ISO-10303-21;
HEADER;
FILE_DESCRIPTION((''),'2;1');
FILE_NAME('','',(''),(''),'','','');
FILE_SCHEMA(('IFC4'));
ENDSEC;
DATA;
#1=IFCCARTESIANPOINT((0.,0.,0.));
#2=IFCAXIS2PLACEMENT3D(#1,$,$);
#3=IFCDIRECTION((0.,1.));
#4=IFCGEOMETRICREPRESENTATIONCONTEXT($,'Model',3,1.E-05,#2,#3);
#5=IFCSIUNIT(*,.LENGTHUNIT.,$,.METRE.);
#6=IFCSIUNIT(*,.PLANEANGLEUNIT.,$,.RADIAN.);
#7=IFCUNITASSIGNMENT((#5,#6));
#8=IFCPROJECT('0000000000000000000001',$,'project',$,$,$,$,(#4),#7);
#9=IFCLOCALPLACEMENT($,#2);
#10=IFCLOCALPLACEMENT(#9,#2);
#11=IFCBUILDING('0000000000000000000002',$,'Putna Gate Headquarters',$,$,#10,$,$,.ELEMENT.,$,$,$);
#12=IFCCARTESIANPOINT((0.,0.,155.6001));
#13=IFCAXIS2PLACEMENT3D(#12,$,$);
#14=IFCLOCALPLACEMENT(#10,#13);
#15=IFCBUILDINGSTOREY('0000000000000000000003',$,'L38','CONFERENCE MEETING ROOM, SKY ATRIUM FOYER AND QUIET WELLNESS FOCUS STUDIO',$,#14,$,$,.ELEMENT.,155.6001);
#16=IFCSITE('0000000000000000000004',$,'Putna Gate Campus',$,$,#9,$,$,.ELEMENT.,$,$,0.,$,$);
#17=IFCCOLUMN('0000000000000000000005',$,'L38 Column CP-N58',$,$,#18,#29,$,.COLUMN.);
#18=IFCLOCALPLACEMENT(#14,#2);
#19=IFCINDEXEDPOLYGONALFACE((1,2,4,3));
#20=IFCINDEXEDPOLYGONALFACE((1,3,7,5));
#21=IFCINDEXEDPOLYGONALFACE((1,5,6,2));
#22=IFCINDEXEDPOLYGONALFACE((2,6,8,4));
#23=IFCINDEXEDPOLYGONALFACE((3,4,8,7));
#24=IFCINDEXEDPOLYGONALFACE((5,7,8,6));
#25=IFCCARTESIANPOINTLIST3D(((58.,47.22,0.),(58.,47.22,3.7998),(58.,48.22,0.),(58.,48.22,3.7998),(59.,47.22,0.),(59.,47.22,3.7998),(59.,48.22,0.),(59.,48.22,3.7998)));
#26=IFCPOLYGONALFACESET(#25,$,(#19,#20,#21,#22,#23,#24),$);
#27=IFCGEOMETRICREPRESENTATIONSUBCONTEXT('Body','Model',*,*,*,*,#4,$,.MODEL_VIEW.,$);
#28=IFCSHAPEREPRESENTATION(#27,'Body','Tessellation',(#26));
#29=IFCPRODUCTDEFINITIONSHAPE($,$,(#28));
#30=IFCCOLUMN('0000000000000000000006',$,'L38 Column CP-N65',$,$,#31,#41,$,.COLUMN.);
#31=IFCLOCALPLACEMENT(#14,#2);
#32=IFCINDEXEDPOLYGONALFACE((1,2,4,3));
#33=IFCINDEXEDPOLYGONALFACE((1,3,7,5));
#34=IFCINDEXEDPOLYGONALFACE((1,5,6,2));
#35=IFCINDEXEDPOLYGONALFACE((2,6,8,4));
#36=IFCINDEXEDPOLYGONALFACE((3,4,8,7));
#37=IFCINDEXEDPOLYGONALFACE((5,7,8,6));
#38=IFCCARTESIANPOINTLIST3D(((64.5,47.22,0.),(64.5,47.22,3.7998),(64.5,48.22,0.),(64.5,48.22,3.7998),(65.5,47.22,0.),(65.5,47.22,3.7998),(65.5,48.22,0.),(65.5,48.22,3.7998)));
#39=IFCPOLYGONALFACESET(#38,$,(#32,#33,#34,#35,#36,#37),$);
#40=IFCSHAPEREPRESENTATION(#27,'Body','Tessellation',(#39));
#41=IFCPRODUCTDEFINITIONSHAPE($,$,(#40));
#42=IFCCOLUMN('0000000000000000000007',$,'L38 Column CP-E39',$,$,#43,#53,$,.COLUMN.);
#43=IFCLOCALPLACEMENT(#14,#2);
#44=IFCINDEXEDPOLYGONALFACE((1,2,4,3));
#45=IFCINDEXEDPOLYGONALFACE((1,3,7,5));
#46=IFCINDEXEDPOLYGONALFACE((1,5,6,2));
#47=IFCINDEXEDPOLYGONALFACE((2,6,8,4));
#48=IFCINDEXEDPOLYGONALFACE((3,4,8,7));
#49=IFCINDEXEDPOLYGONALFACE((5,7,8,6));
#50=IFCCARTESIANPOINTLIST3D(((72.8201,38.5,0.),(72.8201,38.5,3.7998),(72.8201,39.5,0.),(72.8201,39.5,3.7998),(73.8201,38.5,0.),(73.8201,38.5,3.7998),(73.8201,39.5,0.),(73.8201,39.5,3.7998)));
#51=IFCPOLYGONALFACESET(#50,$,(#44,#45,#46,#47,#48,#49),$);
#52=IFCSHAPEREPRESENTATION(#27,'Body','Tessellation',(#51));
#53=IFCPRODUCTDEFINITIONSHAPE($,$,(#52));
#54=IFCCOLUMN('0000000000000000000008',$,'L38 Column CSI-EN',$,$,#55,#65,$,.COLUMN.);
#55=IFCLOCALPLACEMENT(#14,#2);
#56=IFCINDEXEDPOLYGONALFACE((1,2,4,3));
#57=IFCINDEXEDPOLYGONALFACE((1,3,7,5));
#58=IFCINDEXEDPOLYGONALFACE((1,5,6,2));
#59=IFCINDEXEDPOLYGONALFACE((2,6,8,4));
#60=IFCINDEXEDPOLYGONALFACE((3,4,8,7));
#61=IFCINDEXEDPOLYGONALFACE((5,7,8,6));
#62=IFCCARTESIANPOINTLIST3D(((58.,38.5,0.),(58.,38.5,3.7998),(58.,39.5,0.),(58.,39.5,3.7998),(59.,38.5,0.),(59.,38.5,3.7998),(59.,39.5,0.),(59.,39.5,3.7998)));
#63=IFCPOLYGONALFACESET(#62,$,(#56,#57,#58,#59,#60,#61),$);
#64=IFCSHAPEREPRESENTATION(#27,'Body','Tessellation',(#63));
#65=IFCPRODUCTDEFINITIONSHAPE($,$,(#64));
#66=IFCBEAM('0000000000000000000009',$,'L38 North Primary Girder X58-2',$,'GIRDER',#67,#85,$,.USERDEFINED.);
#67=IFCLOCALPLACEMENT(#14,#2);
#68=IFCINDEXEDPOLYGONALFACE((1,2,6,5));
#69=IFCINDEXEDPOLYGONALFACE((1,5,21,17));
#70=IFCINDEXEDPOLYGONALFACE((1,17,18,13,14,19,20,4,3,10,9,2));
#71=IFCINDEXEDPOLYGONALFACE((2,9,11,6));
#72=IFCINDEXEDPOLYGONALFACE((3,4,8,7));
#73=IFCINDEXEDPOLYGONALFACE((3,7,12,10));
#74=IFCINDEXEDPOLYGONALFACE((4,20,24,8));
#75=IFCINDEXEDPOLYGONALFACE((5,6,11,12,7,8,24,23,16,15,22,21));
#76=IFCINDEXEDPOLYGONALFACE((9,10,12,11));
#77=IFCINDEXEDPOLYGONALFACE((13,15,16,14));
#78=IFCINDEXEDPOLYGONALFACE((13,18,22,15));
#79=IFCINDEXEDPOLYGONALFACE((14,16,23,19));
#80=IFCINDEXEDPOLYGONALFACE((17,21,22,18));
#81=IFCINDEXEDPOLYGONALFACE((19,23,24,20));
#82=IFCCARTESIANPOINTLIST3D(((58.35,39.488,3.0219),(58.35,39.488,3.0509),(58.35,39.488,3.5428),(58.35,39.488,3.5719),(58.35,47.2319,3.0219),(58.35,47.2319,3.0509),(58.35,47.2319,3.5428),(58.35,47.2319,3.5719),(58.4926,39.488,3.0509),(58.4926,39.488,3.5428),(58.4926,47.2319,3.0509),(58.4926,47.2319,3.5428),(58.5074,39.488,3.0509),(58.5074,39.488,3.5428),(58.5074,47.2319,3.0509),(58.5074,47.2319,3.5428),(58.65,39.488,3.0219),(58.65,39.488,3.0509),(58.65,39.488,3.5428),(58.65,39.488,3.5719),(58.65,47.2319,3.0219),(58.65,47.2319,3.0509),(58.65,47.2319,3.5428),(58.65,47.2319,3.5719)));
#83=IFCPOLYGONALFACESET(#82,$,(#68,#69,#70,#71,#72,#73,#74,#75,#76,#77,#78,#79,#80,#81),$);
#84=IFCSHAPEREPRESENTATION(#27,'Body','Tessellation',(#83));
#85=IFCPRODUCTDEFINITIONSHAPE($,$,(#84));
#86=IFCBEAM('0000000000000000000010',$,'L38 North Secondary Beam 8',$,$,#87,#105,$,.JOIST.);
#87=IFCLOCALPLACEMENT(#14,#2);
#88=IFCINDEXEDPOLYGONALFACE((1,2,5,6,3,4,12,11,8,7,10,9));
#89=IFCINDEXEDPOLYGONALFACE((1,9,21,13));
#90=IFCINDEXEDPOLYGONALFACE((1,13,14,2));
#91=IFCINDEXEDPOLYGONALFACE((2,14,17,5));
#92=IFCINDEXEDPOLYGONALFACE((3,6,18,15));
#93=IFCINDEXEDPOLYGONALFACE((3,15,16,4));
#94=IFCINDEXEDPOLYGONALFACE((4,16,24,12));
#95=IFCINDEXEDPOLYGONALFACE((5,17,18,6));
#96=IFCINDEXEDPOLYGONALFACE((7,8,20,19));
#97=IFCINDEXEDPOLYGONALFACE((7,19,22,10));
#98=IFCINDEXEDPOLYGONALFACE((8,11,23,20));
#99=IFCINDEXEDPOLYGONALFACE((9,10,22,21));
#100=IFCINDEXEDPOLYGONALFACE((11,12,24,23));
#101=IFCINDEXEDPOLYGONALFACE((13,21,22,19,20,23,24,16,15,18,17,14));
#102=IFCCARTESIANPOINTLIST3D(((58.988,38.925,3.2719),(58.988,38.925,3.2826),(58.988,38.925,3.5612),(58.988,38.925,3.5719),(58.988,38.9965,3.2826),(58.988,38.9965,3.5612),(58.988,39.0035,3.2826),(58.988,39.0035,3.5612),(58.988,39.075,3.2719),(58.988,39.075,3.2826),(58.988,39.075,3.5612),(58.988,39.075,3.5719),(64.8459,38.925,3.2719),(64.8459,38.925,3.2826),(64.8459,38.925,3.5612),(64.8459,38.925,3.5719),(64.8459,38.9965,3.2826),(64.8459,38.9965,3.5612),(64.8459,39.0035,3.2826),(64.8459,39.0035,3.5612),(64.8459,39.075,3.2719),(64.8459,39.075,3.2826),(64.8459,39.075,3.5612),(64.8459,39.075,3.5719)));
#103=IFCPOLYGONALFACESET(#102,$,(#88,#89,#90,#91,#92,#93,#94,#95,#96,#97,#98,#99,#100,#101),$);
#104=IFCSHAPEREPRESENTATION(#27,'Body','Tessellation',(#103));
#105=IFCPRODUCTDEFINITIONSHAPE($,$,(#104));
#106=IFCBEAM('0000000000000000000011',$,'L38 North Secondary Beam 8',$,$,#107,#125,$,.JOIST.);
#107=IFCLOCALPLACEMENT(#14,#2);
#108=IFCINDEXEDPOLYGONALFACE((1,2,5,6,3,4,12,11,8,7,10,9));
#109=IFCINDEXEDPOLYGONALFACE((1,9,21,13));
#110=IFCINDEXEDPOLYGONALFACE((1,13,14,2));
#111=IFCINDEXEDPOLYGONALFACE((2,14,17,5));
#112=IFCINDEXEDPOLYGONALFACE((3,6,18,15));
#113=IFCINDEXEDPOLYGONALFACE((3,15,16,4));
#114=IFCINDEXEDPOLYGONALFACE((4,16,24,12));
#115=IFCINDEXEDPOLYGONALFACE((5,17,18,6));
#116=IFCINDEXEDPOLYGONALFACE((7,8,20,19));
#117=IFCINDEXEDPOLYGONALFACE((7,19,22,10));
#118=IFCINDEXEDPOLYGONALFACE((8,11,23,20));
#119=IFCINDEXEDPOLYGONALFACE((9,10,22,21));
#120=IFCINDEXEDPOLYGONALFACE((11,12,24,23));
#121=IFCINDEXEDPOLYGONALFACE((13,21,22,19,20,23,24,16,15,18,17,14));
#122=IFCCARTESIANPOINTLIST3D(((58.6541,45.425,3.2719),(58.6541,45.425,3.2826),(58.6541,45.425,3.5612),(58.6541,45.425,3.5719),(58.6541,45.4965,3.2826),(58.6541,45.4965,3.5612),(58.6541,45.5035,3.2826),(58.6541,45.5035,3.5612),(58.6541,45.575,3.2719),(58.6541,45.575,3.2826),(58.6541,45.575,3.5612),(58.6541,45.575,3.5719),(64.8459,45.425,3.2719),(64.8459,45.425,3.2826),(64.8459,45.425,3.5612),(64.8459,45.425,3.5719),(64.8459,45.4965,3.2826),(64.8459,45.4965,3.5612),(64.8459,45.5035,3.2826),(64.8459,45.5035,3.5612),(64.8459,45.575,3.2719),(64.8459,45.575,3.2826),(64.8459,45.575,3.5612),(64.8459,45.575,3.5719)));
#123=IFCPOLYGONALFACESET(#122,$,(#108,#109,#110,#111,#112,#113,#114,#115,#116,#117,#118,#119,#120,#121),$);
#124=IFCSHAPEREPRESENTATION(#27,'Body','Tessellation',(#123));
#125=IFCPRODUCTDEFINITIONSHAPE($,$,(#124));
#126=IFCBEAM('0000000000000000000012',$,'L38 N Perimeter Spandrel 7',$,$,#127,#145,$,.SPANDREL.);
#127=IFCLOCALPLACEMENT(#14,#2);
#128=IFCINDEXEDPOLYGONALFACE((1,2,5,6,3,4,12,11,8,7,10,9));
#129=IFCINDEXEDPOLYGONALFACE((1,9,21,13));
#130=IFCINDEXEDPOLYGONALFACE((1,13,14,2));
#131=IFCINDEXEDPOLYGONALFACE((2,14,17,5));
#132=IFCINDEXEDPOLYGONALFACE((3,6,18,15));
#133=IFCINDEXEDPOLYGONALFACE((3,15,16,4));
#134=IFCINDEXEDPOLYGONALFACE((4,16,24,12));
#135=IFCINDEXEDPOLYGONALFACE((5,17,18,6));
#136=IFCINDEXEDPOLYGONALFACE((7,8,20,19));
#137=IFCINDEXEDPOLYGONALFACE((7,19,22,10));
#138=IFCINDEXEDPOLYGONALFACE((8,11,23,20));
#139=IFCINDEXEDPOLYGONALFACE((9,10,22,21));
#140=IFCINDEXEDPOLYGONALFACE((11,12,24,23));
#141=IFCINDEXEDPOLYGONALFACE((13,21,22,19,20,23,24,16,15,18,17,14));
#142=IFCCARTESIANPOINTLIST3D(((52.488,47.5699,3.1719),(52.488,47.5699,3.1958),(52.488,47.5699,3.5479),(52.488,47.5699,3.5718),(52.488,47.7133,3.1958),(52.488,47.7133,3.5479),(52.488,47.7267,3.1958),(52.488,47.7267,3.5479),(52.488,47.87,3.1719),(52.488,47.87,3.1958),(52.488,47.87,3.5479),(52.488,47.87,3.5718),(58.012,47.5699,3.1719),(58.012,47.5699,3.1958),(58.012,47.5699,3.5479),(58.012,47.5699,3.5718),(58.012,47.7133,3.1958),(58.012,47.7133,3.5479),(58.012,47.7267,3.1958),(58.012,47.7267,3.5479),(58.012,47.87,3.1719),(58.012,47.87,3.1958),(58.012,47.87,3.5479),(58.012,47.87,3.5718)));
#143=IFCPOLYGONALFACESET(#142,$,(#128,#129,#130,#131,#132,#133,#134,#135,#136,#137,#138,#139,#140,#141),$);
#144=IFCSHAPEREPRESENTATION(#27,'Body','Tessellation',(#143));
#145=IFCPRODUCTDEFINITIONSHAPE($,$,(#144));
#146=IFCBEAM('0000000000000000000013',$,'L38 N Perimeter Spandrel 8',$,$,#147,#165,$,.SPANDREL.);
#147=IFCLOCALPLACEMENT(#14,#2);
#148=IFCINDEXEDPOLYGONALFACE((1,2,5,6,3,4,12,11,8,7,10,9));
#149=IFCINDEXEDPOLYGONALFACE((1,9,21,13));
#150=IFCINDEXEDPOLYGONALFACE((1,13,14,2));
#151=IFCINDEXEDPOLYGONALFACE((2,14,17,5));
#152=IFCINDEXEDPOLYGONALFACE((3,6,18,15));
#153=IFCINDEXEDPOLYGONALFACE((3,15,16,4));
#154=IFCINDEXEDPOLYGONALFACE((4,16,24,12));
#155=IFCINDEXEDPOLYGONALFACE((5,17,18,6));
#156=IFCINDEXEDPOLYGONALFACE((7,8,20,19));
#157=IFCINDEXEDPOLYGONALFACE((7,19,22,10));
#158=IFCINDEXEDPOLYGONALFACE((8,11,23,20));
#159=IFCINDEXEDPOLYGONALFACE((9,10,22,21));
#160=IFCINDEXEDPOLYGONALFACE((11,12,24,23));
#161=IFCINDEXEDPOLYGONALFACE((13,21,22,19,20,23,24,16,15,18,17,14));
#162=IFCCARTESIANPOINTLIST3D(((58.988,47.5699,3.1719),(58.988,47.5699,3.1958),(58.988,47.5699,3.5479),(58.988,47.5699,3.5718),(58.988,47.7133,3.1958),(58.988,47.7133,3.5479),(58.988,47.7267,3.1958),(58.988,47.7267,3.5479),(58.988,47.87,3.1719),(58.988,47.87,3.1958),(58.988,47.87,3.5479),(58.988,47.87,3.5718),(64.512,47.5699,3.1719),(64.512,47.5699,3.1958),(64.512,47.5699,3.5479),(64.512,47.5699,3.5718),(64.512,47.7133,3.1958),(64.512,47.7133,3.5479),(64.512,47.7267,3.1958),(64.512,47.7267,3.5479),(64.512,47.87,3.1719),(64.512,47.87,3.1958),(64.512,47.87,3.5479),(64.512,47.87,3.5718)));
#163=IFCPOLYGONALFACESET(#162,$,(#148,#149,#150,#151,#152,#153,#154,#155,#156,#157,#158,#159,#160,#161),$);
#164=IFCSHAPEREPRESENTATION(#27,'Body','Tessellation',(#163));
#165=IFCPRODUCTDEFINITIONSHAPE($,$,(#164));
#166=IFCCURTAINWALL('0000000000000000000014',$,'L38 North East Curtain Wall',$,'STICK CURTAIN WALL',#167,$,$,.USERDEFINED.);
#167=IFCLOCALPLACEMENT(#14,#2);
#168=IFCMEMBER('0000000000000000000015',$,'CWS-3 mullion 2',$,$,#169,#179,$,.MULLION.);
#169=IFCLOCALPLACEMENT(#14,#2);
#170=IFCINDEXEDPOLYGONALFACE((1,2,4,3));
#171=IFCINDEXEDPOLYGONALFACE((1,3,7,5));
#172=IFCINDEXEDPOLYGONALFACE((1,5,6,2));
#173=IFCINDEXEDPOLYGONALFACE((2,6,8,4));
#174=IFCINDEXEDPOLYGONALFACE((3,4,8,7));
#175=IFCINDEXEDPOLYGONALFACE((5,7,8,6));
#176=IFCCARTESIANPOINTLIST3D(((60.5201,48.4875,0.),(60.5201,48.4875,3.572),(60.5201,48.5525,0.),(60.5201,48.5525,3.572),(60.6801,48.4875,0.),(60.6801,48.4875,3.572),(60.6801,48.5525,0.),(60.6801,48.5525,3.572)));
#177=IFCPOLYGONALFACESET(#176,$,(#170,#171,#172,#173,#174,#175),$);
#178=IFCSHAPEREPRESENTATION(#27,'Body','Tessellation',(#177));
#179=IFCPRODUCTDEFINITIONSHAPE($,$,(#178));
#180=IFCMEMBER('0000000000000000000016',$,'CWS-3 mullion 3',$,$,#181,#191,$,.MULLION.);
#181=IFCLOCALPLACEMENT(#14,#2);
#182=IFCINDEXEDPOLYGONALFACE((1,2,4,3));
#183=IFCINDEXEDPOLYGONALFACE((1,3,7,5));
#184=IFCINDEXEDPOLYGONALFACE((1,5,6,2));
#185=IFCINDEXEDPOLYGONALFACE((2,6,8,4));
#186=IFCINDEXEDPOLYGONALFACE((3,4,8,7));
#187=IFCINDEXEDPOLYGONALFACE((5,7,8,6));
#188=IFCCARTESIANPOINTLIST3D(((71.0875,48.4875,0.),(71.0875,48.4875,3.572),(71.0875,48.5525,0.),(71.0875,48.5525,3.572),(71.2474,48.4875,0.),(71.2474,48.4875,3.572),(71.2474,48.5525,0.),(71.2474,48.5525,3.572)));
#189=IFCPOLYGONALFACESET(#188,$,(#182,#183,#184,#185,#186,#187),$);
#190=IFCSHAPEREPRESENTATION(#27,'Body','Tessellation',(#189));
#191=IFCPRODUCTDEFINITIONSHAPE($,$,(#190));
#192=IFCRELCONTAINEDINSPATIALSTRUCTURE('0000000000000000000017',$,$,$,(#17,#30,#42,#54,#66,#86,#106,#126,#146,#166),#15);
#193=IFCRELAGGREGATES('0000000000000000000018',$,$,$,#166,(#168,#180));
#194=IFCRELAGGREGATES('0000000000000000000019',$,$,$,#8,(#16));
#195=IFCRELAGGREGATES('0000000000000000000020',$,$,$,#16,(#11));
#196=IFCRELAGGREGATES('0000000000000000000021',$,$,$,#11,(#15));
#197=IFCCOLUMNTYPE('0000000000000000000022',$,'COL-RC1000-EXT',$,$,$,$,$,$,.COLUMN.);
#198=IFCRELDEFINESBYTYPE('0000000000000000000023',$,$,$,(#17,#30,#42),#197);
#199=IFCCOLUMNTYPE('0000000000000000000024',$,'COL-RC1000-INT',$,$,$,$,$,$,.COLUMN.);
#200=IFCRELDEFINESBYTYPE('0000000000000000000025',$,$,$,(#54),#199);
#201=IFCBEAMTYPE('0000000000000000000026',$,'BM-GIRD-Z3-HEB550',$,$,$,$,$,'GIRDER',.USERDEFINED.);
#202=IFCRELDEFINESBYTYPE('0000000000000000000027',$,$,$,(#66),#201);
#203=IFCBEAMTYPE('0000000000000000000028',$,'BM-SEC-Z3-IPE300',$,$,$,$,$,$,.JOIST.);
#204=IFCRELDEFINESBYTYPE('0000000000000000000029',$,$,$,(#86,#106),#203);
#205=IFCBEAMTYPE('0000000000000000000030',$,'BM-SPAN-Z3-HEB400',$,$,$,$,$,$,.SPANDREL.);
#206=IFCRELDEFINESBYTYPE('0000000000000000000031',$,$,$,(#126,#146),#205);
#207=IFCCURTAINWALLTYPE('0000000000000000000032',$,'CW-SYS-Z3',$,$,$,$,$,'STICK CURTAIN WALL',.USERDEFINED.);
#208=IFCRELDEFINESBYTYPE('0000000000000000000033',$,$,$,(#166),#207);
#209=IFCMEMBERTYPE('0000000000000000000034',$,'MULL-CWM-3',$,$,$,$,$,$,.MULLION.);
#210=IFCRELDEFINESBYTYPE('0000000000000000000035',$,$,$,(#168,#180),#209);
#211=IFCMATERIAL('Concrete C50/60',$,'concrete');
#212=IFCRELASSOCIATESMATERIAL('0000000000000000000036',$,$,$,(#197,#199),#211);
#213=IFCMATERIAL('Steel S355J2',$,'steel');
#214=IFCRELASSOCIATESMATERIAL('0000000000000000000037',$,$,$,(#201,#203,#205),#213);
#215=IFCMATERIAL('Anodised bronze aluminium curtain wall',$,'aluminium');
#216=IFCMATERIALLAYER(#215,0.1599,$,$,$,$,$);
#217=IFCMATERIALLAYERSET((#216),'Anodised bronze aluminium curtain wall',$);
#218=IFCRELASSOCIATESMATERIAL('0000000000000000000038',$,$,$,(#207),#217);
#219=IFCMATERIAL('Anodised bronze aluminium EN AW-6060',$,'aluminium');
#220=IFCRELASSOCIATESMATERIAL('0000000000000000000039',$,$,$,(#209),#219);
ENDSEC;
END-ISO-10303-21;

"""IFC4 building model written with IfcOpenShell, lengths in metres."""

from ifc_helpers import new_model, si_unit, direction, frame, origin, origin_2d, place, context, subcontext, project, spatial, rectangle, i_section, extrude, material, layer, layer_set, material_profile, profile_set, type_object, element, aggregate, save


model = new_model("IFC4")

# Units and contexts
model_context = context("Model", 3, precision=1e-05, world=origin(), true_north=direction((0.0, 1.0)))
body_context = subcontext(model_context, "Body", "Model", "MODEL_VIEW")
ifc_project = project(units=[si_unit("LENGTHUNIT", "METRE"), si_unit("PLANEANGLEUNIT", "RADIAN")], contexts=[model_context])

# Site, building, storey
site_placement = place(None, origin())
site = spatial("IfcSite", under=ifc_project, at=site_placement, Name="Putna Gate Campus", CompositionType="ELEMENT", RefElevation=0.0)
building_placement = place(site_placement, origin())
building = spatial("IfcBuilding", under=site, at=building_placement, Name="Putna Gate Headquarters", CompositionType="ELEMENT")
storey_placement = place(building_placement, frame((0.0, 0.0, 155.6001)))
storey = spatial("IfcBuildingStorey", under=building, at=storey_placement, Name="L38", Description="CONFERENCE MEETING ROOM, SKY ATRIUM FOYER AND QUIET WELLNESS FOCUS STUDIO", CompositionType="ELEMENT", Elevation=155.6001)

# Columns
ifc_material_1 = material(Name="Concrete C50/60", Category="concrete")
ifc_material_profile_1 = material_profile(ifc_material_1, rectangle(XDim=1.0, YDim=1.0, at=origin_2d()), Name="Concrete C50/60")
ifc_profile_set_1 = profile_set([ifc_material_profile_1], Name="Concrete C50/60")
column_type_1 = type_object("IfcColumnType", Name="COL-RC1000-EXT", PredefinedType="COLUMN", material=ifc_profile_set_1)
for number, where, z_axis, x_axis, name in (
    (1, (58.5, 47.72, 0.0), (0.0, 0.0, 1.0), (1.0, 0.0, 0.0), "L38 Column CP-N58"),
    (2, (65.0, 47.72, 0.0), (0.0, 0.0, 1.0), (1.0, 0.0, 0.0), "L38 Column CP-N65"),
    (3, (73.3201, 39.0, 0.0), (0.0, 0.0, 1.0), (1.0, 0.0, 0.0), "L38 Column CP-E39"),
):
    element("IfcColumn", number, at=place(storey_placement, frame(where, z_axis=z_axis, x_axis=x_axis)), inside=storey, type_object=column_type_1, Name=name, PredefinedType="COLUMN", context=body_context, shape_type="SweptSolid", body=[
        extrude(rectangle(XDim=1.0, YDim=1.0, at=origin_2d()), origin(), (0.0, 0.0, 1.0), 3.7998),
    ])
ifc_material_profile_2 = material_profile(ifc_material_1, rectangle(XDim=1.0, YDim=1.0, at=origin_2d()), Name="Concrete C50/60")
ifc_profile_set_2 = profile_set([ifc_material_profile_2], Name="Concrete C50/60")
column_type_2 = type_object("IfcColumnType", Name="COL-RC1000-INT", PredefinedType="COLUMN", material=ifc_profile_set_2)
column_placement = place(storey_placement, frame((58.5, 39.0, 0.0), z_axis=(0.0, 0.0, 1.0), x_axis=(1.0, 0.0, 0.0)))
element("IfcColumn", 4, at=column_placement, inside=storey, type_object=column_type_2, Name="L38 Column CSI-EN", PredefinedType="COLUMN", context=body_context, shape_type="SweptSolid", body=[
    extrude(rectangle(XDim=1.0, YDim=1.0, at=origin_2d()), origin(), (0.0, 0.0, 1.0), 3.7998),
])

# Beams
ifc_material_2 = material(Name="Steel S355J2", Category="steel")
ifc_material_profile_3 = material_profile(ifc_material_2, i_section(OverallWidth=0.3, OverallDepth=0.55, WebThickness=0.0149, FlangeThickness=0.0291, at=origin_2d()), Name="Steel S355J2")
ifc_profile_set_3 = profile_set([ifc_material_profile_3], Name="Steel S355J2")
beam_type_1 = type_object("IfcBeamType", Name="BM-GIRD-Z3-HEB550", ElementType="GIRDER", PredefinedType="USERDEFINED", material=ifc_profile_set_3)
beam_1_placement = place(storey_placement, frame((58.5, 39.488, 3.2969), z_axis=(0.0, 1.0, 0.0), x_axis=(-1.0, 0.0, 0.0)))
element("IfcBeam", 5, at=beam_1_placement, inside=storey, type_object=beam_type_1, Name="L38 North Primary Girder X58-2", ObjectType="GIRDER", PredefinedType="USERDEFINED", context=body_context, shape_type="SweptSolid", body=[
    extrude(i_section(OverallWidth=0.3, OverallDepth=0.55, WebThickness=0.0149, FlangeThickness=0.0291, at=origin_2d()), origin(), (0.0, 0.0, 1.0), 7.7439),
])
ifc_material_profile_4 = material_profile(ifc_material_2, i_section(OverallWidth=0.1499, OverallDepth=0.3, WebThickness=0.0071, FlangeThickness=0.0107, at=origin_2d()), Name="Steel S355J2")
ifc_profile_set_4 = profile_set([ifc_material_profile_4], Name="Steel S355J2")
beam_type_2 = type_object("IfcBeamType", Name="BM-SEC-Z3-IPE300", PredefinedType="JOIST", material=ifc_profile_set_4)
beam_2_placement = place(storey_placement, frame((58.988, 39.0, 3.4219), z_axis=(1.0, 0.0, 0.0), x_axis=(0.0, 1.0, 0.0)))
element("IfcBeam", 6, at=beam_2_placement, inside=storey, type_object=beam_type_2, Name="L38 North Secondary Beam 8", PredefinedType="JOIST", context=body_context, shape_type="SweptSolid", body=[
    extrude(i_section(OverallWidth=0.1499, OverallDepth=0.3, WebThickness=0.0071, FlangeThickness=0.0107, at=origin_2d()), origin(), (0.0, 0.0, 1.0), 5.8579),
])
beam_3_placement = place(storey_placement, frame((58.6541, 45.5, 3.4219), z_axis=(1.0, 0.0, 0.0), x_axis=(0.0, 1.0, 0.0)))
element("IfcBeam", 7, at=beam_3_placement, inside=storey, type_object=beam_type_2, Name="L38 North Secondary Beam 8", PredefinedType="JOIST", context=body_context, shape_type="SweptSolid", body=[
    extrude(i_section(OverallWidth=0.1499, OverallDepth=0.3, WebThickness=0.0071, FlangeThickness=0.0107, at=origin_2d()), origin(), (0.0, 0.0, 1.0), 6.1919),
])
ifc_material_profile_5 = material_profile(ifc_material_2, i_section(OverallWidth=0.3, OverallDepth=0.3999, WebThickness=0.0134, FlangeThickness=0.0239, at=origin_2d()), Name="Steel S355J2")
ifc_profile_set_5 = profile_set([ifc_material_profile_5], Name="Steel S355J2")
beam_type_3 = type_object("IfcBeamType", Name="BM-SPAN-Z3-HEB400", PredefinedType="SPANDREL", material=ifc_profile_set_5)
for number, where, z_axis, x_axis, name in (
    (8, (52.488, 47.72, 3.3718), (1.0, 0.0, 0.0), (0.0, 1.0, 0.0), "L38 N Perimeter Spandrel 7"),
    (9, (58.988, 47.72, 3.3718), (1.0, 0.0, 0.0), (0.0, 1.0, 0.0), "L38 N Perimeter Spandrel 8"),
):
    element("IfcBeam", number, at=place(storey_placement, frame(where, z_axis=z_axis, x_axis=x_axis)), inside=storey, type_object=beam_type_3, Name=name, PredefinedType="SPANDREL", context=body_context, shape_type="SweptSolid", body=[
        extrude(i_section(OverallWidth=0.3, OverallDepth=0.3999, WebThickness=0.0134, FlangeThickness=0.0239, at=origin_2d()), origin(), (0.0, 0.0, 1.0), 5.5239),
    ])

# Curtain wall, members
ifc_material_3 = material(Name="Anodised bronze aluminium curtain wall", Category="aluminium")
ifc_layer_1 = layer(ifc_material_3, 0.1599)
ifc_layer_set_1 = layer_set([ifc_layer_1], Name="Anodised bronze aluminium curtain wall")
curtain_wall_type = type_object("IfcCurtainWallType", Name="CW-SYS-Z3", ElementType="STICK CURTAIN WALL", PredefinedType="USERDEFINED", material=ifc_layer_set_1)
curtain_wall_1_placement = place(storey_placement, origin())
curtain_wall_1 = element("IfcCurtainWall", 10, at=curtain_wall_1_placement, inside=storey, type_object=curtain_wall_type, Name="L38 North East Curtain Wall", ObjectType="STICK CURTAIN WALL", PredefinedType="USERDEFINED")
ifc_material_4 = material(Name="Anodised bronze aluminium EN AW-6060", Category="aluminium")
ifc_material_profile_6 = material_profile(ifc_material_4, rectangle(XDim=0.0649, YDim=0.1599, at=origin_2d()), Name="Anodised bronze aluminium EN AW-6060")
ifc_profile_set_6 = profile_set([ifc_material_profile_6], Name="Anodised bronze aluminium EN AW-6060")
member_type_1 = type_object("IfcMemberType", Name="MULL-CWM-3", PredefinedType="MULLION", material=ifc_profile_set_6)
member_1_placement = place(storey_placement, frame((60.6001, 48.52, 0.0), z_axis=(0.0, 0.0, 1.0), x_axis=(0.0, 1.0, 0.0)))
member_1 = element("IfcMember", 11, at=member_1_placement, type_object=member_type_1, Name="CWS-3 mullion 2", PredefinedType="MULLION", context=body_context, shape_type="SweptSolid", body=[
    extrude(rectangle(XDim=0.0649, YDim=0.1599, at=origin_2d()), origin(), (0.0, 0.0, 1.0), 3.572),
])
member_2_placement = place(storey_placement, frame((71.1675, 48.52, 0.0), z_axis=(0.0, 0.0, 1.0), x_axis=(0.0, 1.0, 0.0)))
member_2 = element("IfcMember", 12, at=member_2_placement, type_object=member_type_1, Name="CWS-3 mullion 3", PredefinedType="MULLION", context=body_context, shape_type="SweptSolid", body=[
    extrude(rectangle(XDim=0.0649, YDim=0.1599, at=origin_2d()), origin(), (0.0, 0.0, 1.0), 3.572),
])

aggregate(curtain_wall_1, [member_1, member_2])

save(model, "model.ifc")
